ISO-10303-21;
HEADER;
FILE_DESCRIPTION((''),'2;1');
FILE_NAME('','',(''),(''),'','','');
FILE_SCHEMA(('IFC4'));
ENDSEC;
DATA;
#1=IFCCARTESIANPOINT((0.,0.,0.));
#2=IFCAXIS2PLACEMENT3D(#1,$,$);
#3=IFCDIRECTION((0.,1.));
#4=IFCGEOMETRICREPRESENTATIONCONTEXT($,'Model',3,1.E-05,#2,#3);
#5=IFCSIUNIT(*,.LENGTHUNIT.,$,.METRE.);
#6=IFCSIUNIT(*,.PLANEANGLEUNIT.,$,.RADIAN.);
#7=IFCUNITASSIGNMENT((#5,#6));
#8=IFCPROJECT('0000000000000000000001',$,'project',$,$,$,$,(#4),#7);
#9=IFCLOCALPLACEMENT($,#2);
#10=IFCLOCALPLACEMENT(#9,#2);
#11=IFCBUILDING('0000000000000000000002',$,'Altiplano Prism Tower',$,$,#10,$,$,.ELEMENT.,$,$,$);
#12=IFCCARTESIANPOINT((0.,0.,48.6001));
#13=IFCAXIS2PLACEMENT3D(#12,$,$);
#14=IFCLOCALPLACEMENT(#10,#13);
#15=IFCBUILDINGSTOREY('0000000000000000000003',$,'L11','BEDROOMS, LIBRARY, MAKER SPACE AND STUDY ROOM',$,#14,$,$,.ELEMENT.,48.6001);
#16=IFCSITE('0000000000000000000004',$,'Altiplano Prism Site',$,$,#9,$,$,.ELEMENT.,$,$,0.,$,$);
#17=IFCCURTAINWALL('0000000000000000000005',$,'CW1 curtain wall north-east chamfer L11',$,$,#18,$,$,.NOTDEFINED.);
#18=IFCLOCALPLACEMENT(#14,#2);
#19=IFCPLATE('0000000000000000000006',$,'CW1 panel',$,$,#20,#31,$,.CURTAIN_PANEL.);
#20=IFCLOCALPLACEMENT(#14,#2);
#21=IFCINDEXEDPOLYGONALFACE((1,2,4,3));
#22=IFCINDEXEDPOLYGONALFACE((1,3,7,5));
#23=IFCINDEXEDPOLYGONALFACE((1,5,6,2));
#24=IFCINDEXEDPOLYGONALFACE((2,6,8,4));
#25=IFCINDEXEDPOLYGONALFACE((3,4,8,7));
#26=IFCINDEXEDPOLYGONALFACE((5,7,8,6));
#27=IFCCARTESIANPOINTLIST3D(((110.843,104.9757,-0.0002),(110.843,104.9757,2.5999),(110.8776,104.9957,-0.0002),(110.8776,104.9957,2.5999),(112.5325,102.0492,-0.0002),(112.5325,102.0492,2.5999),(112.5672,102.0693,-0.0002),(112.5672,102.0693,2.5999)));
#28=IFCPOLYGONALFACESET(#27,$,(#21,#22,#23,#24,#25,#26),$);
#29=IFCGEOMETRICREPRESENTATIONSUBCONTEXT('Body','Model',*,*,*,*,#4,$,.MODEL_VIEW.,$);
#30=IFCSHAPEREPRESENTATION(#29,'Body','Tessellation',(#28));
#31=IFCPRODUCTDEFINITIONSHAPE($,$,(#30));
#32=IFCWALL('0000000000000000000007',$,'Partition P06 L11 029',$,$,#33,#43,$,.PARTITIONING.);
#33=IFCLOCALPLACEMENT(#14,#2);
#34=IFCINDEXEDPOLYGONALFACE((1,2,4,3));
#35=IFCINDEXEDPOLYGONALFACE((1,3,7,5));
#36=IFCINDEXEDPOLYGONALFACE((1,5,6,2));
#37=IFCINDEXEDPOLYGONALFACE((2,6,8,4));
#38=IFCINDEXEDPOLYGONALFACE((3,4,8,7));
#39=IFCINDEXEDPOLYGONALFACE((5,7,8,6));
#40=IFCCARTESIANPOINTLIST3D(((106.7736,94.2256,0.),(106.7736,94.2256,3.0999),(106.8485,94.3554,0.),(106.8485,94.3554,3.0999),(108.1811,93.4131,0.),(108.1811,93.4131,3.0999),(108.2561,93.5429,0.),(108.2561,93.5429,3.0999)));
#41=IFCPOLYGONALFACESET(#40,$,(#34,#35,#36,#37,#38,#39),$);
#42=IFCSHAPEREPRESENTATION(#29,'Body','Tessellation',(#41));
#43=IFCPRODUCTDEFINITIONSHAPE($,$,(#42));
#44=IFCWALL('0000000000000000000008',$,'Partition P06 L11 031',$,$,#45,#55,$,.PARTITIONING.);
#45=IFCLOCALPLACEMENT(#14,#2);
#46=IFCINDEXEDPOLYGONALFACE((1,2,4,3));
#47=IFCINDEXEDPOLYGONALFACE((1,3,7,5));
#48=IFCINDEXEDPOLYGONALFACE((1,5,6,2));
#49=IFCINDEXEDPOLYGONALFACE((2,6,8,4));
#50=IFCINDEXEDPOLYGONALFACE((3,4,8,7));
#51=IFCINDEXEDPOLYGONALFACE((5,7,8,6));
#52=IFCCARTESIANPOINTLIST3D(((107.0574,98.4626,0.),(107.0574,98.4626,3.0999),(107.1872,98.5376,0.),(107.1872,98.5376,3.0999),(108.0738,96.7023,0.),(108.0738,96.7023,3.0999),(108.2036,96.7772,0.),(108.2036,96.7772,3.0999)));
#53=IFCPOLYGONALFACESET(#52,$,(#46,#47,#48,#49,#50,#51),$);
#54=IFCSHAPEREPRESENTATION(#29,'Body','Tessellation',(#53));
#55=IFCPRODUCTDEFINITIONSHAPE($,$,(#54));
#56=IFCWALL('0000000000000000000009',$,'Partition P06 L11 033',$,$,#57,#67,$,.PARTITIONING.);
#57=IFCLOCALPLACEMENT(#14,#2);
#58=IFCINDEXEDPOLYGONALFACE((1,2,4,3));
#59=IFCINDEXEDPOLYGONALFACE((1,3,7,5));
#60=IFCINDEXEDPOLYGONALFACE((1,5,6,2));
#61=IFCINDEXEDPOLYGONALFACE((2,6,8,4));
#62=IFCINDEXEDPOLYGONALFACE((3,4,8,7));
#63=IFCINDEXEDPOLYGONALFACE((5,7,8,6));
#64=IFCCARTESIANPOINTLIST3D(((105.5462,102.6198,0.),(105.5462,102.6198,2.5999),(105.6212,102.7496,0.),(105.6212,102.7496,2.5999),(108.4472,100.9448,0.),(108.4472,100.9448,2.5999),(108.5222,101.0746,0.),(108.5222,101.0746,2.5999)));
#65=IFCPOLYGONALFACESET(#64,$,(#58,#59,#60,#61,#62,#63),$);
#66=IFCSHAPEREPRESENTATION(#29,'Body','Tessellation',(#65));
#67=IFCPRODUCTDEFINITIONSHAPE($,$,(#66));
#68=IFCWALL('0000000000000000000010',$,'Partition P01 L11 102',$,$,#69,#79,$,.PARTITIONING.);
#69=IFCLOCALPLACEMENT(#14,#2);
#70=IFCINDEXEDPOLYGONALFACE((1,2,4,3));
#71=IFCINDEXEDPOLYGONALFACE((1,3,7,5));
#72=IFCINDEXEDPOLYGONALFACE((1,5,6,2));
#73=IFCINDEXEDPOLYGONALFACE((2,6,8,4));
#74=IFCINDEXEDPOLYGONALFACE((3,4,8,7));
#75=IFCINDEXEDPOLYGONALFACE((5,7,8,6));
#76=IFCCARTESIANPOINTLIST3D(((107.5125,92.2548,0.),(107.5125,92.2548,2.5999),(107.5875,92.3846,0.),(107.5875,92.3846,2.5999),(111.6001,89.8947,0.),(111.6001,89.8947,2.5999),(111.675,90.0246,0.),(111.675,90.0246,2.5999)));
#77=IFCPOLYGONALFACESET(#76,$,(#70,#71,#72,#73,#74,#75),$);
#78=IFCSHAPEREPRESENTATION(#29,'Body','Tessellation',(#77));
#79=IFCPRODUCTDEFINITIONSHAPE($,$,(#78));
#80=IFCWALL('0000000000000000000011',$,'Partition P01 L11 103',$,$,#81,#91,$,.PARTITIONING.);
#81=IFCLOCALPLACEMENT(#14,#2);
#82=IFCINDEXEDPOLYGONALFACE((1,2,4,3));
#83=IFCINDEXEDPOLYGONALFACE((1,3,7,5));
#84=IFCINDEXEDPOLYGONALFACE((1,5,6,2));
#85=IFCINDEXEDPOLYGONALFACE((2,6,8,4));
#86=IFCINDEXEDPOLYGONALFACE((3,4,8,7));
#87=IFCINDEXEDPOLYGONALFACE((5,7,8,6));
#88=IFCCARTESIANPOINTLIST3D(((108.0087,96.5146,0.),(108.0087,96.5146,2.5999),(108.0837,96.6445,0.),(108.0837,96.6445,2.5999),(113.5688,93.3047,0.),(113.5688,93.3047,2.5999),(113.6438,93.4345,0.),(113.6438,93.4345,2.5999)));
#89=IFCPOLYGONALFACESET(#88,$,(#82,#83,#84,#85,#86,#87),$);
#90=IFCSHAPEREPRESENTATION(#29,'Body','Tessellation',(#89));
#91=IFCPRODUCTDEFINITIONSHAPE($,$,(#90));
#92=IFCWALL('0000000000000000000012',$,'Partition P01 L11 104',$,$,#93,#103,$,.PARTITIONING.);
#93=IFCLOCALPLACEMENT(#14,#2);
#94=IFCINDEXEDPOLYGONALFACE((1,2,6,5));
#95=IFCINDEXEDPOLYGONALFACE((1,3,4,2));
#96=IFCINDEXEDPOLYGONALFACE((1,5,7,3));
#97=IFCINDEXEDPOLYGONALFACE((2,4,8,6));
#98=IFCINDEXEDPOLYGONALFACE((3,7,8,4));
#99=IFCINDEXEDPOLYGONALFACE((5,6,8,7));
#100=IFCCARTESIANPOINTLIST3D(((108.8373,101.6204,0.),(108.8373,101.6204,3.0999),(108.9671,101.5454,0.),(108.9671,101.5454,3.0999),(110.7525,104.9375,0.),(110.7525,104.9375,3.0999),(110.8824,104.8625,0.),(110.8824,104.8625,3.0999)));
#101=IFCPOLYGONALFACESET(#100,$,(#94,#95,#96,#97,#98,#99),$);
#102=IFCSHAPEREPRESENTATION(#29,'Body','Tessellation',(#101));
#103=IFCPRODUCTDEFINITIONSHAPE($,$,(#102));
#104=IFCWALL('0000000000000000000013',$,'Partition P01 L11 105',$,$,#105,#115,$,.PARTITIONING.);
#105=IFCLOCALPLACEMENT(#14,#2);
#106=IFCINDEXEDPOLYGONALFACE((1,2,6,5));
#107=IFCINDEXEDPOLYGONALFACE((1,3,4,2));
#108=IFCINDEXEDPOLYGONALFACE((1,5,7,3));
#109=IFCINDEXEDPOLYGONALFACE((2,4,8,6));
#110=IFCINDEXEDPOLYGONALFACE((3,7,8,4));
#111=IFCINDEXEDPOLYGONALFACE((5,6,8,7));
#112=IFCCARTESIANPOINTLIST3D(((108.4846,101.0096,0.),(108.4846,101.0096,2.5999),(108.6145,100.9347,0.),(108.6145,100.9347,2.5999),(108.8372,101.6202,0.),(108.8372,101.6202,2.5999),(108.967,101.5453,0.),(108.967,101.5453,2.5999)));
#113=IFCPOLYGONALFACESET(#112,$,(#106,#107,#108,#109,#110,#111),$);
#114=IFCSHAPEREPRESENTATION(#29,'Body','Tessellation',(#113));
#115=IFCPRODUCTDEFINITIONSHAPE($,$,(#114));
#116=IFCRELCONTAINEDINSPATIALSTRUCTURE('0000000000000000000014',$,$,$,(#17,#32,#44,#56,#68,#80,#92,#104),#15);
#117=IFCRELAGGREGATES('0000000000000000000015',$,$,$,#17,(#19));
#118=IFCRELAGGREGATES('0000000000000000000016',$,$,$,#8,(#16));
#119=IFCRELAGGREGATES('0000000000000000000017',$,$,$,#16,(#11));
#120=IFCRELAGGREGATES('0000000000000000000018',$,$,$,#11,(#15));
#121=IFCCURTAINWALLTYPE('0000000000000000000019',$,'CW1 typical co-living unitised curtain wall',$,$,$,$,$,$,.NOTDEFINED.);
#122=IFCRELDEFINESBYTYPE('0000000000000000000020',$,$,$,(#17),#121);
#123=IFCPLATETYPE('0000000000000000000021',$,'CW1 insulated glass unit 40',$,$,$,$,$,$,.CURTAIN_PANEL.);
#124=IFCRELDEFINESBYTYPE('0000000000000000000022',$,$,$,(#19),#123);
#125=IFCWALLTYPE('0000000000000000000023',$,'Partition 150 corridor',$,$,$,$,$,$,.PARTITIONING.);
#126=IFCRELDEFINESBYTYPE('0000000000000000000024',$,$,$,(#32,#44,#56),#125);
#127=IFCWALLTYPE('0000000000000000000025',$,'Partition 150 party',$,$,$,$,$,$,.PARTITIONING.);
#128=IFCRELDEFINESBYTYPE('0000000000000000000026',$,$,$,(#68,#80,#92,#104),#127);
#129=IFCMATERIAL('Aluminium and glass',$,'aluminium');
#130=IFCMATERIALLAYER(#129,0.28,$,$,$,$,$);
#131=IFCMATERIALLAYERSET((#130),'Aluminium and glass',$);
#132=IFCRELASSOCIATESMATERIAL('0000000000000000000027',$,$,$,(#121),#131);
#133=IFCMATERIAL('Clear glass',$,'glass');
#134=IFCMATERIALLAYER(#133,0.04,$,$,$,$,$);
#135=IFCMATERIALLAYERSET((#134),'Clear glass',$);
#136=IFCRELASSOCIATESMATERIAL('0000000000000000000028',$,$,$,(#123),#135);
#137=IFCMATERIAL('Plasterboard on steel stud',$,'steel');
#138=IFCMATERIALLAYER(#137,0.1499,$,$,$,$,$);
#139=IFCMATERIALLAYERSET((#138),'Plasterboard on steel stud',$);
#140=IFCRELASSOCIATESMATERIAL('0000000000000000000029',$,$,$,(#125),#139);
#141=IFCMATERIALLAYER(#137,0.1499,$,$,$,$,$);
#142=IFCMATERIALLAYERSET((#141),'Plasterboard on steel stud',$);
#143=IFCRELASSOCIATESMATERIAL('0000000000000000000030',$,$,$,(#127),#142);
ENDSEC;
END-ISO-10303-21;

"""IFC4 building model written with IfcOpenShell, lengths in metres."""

from ifc_helpers import new_model, si_unit, direction, frame, frame_2d, origin, origin_2d, place, context, subcontext, project, spatial, rectangle, extrude, material, layer, layer_set, type_object, element, aggregate, save


model = new_model("IFC4")

# Units and contexts
model_context = context("Model", 3, precision=1e-05, world=origin(), true_north=direction((0.0, 1.0)))
body_context = subcontext(model_context, "Body", "Model", "MODEL_VIEW")
ifc_project = project(units=[si_unit("LENGTHUNIT", "METRE"), si_unit("PLANEANGLEUNIT", "RADIAN")], contexts=[model_context])

# Site, building, storey
site_placement = place(None, origin())
site = spatial("IfcSite", under=ifc_project, at=site_placement, Name="Altiplano Prism Site", CompositionType="ELEMENT", RefElevation=0.0)
building_placement = place(site_placement, origin())
building = spatial("IfcBuilding", under=site, at=building_placement, Name="Altiplano Prism Tower", CompositionType="ELEMENT")
storey_placement = place(building_placement, frame((0.0, 0.0, 48.6001)))
storey = spatial("IfcBuildingStorey", under=building, at=storey_placement, Name="L11", Description="BEDROOMS, LIBRARY, MAKER SPACE AND STUDY ROOM", CompositionType="ELEMENT", Elevation=48.6001)

# Curtain wall
ifc_material_1 = material(Name="Aluminium and glass", Category="aluminium")
ifc_layer_1 = layer(ifc_material_1, 0.28)
ifc_layer_set_1 = layer_set([ifc_layer_1], Name="Aluminium and glass")
curtain_wall_type = type_object("IfcCurtainWallType", Name="CW1 typical co-living unitised curtain wall", PredefinedType="NOTDEFINED", material=ifc_layer_set_1)
curtain_wall_1_placement = place(storey_placement, origin())
curtain_wall_1 = element("IfcCurtainWall", 1, at=curtain_wall_1_placement, inside=storey, type_object=curtain_wall_type, Name="CW1 curtain wall north-east chamfer L11", PredefinedType="NOTDEFINED")

# Plate
ifc_material_2 = material(Name="Clear glass", Category="glass")
ifc_layer_2 = layer(ifc_material_2, 0.04)
ifc_layer_set_2 = layer_set([ifc_layer_2], Name="Clear glass")
plate_type = type_object("IfcPlateType", Name="CW1 insulated glass unit 40", PredefinedType="CURTAIN_PANEL", material=ifc_layer_set_2)
plate_1_placement = place(storey_placement, frame((111.7051, 103.5225, -0.0002), z_axis=(0.0, 0.0, 1.0), x_axis=(-0.5, 0.866025, 0.0)))
plate_1 = element("IfcPlate", 2, at=plate_1_placement, type_object=plate_type, Name="CW1 panel", PredefinedType="CURTAIN_PANEL", context=body_context, shape_type="SweptSolid", body=[
    extrude(rectangle(XDim=3.3792, YDim=0.04, at=origin_2d()), origin(), (0.0, 0.0, 1.0), 2.6001),
])
aggregate(curtain_wall_1, [plate_1])

# Walls
ifc_material_3 = material(Name="Plasterboard on steel stud", Category="steel")
ifc_layer_3 = layer(ifc_material_3, 0.1499)
ifc_layer_set_3 = layer_set([ifc_layer_3], Name="Plasterboard on steel stud")
wall_type_1 = type_object("IfcWallType", Name="Partition 150 corridor", PredefinedType="PARTITIONING", material=ifc_layer_set_3)
wall_1_placement = place(storey_placement, frame((108.2185, 93.478, 0.0), z_axis=(0.0, 0.0, 1.0), x_axis=(-0.866053, 0.499952, 0.0)))
element("IfcWall", 3, at=wall_1_placement, inside=storey, type_object=wall_type_1, Name="Partition P06 L11 029", PredefinedType="PARTITIONING", context=body_context, shape_type="SweptSolid", body=[
    extrude(rectangle(XDim=1.6252, YDim=0.1499, at=frame_2d((0.8125, 0.0))), origin(), (0.0, 0.0, 1.0), 3.0999),
])
wall_2_placement = place(storey_placement, frame((108.1387, 96.7397, 0.0), z_axis=(0.0, 0.0, 1.0), x_axis=(-0.500027, 0.86601, 0.0)))
element("IfcWall", 4, at=wall_2_placement, inside=storey, type_object=wall_type_1, Name="Partition P06 L11 031", PredefinedType="PARTITIONING", context=body_context, shape_type="SweptSolid", body=[
    extrude(rectangle(XDim=2.0327, YDim=0.1499, at=frame_2d((1.0164, 0.0))), origin(), (0.0, 0.0, 1.0), 3.0999),
])
wall_3_placement = place(storey_placement, frame((108.4846, 101.0098, 0.0), z_axis=(0.0, 0.0, 1.0), x_axis=(-0.866014, 0.500019, 0.0)))
element("IfcWall", 5, at=wall_3_placement, inside=storey, type_object=wall_type_1, Name="Partition P06 L11 033", PredefinedType="PARTITIONING", context=body_context, shape_type="SweptSolid", body=[
    extrude(rectangle(XDim=3.3499, YDim=0.1499, at=frame_2d((1.6748, 0.0))), origin(), (0.0, 0.0, 1.0), 2.5999),
])
ifc_layer_4 = layer(ifc_material_3, 0.1499)
ifc_layer_set_4 = layer_set([ifc_layer_4], Name="Plasterboard on steel stud")
wall_type_2 = type_object("IfcWallType", Name="Partition 150 party", PredefinedType="PARTITIONING", material=ifc_layer_set_4)
wall_4_placement = place(storey_placement, frame((111.6375, 89.9597, 0.0), z_axis=(0.0, 0.0, 1.0), x_axis=(-0.866016, 0.500016, 0.0)))
element("IfcWall", 6, at=wall_4_placement, inside=storey, type_object=wall_type_2, Name="Partition P01 L11 102", PredefinedType="PARTITIONING", context=body_context, shape_type="SweptSolid", body=[
    extrude(rectangle(XDim=4.72, YDim=0.1499, at=frame_2d((2.3599, 0.0))), origin(), (0.0, 0.0, 1.0), 2.5999),
])
wall_5_placement = place(storey_placement, frame((113.6062, 93.3696, 0.0), z_axis=(0.0, 0.0, 1.0), x_axis=(-0.866035, 0.499984, 0.0)))
element("IfcWall", 7, at=wall_5_placement, inside=storey, type_object=wall_type_2, Name="Partition P01 L11 103", PredefinedType="PARTITIONING", context=body_context, shape_type="SweptSolid", body=[
    extrude(rectangle(XDim=6.4202, YDim=0.1499, at=frame_2d((3.21, 0.0))), origin(), (0.0, 0.0, 1.0), 2.5999),
])
wall_6_placement = place(storey_placement, frame((110.8174, 104.8999, 0.0), z_axis=(0.0, 0.0, 1.0), x_axis=(-0.500026, -0.86601, 0.0)))
element("IfcWall", 8, at=wall_6_placement, inside=storey, type_object=wall_type_2, Name="Partition P01 L11 104", PredefinedType="PARTITIONING", context=body_context, shape_type="SweptSolid", body=[
    extrude(rectangle(XDim=3.8303, YDim=0.1499, at=frame_2d((1.915, 0.0))), origin(), (0.0, 0.0, 1.0), 3.0999),
])
wall_7_placement = place(storey_placement, frame((108.9021, 101.5828, 0.0), z_axis=(0.0, 0.0, 1.0), x_axis=(-0.500012, -0.866018, 0.0)))
element("IfcWall", 9, at=wall_7_placement, inside=storey, type_object=wall_type_2, Name="Partition P01 L11 105", PredefinedType="PARTITIONING", context=body_context, shape_type="SweptSolid", body=[
    extrude(rectangle(XDim=0.7051, YDim=0.1499, at=frame_2d((0.3525, 0.0))), origin(), (0.0, 0.0, 1.0), 2.5999),
])

save(model, "model.ifc")
